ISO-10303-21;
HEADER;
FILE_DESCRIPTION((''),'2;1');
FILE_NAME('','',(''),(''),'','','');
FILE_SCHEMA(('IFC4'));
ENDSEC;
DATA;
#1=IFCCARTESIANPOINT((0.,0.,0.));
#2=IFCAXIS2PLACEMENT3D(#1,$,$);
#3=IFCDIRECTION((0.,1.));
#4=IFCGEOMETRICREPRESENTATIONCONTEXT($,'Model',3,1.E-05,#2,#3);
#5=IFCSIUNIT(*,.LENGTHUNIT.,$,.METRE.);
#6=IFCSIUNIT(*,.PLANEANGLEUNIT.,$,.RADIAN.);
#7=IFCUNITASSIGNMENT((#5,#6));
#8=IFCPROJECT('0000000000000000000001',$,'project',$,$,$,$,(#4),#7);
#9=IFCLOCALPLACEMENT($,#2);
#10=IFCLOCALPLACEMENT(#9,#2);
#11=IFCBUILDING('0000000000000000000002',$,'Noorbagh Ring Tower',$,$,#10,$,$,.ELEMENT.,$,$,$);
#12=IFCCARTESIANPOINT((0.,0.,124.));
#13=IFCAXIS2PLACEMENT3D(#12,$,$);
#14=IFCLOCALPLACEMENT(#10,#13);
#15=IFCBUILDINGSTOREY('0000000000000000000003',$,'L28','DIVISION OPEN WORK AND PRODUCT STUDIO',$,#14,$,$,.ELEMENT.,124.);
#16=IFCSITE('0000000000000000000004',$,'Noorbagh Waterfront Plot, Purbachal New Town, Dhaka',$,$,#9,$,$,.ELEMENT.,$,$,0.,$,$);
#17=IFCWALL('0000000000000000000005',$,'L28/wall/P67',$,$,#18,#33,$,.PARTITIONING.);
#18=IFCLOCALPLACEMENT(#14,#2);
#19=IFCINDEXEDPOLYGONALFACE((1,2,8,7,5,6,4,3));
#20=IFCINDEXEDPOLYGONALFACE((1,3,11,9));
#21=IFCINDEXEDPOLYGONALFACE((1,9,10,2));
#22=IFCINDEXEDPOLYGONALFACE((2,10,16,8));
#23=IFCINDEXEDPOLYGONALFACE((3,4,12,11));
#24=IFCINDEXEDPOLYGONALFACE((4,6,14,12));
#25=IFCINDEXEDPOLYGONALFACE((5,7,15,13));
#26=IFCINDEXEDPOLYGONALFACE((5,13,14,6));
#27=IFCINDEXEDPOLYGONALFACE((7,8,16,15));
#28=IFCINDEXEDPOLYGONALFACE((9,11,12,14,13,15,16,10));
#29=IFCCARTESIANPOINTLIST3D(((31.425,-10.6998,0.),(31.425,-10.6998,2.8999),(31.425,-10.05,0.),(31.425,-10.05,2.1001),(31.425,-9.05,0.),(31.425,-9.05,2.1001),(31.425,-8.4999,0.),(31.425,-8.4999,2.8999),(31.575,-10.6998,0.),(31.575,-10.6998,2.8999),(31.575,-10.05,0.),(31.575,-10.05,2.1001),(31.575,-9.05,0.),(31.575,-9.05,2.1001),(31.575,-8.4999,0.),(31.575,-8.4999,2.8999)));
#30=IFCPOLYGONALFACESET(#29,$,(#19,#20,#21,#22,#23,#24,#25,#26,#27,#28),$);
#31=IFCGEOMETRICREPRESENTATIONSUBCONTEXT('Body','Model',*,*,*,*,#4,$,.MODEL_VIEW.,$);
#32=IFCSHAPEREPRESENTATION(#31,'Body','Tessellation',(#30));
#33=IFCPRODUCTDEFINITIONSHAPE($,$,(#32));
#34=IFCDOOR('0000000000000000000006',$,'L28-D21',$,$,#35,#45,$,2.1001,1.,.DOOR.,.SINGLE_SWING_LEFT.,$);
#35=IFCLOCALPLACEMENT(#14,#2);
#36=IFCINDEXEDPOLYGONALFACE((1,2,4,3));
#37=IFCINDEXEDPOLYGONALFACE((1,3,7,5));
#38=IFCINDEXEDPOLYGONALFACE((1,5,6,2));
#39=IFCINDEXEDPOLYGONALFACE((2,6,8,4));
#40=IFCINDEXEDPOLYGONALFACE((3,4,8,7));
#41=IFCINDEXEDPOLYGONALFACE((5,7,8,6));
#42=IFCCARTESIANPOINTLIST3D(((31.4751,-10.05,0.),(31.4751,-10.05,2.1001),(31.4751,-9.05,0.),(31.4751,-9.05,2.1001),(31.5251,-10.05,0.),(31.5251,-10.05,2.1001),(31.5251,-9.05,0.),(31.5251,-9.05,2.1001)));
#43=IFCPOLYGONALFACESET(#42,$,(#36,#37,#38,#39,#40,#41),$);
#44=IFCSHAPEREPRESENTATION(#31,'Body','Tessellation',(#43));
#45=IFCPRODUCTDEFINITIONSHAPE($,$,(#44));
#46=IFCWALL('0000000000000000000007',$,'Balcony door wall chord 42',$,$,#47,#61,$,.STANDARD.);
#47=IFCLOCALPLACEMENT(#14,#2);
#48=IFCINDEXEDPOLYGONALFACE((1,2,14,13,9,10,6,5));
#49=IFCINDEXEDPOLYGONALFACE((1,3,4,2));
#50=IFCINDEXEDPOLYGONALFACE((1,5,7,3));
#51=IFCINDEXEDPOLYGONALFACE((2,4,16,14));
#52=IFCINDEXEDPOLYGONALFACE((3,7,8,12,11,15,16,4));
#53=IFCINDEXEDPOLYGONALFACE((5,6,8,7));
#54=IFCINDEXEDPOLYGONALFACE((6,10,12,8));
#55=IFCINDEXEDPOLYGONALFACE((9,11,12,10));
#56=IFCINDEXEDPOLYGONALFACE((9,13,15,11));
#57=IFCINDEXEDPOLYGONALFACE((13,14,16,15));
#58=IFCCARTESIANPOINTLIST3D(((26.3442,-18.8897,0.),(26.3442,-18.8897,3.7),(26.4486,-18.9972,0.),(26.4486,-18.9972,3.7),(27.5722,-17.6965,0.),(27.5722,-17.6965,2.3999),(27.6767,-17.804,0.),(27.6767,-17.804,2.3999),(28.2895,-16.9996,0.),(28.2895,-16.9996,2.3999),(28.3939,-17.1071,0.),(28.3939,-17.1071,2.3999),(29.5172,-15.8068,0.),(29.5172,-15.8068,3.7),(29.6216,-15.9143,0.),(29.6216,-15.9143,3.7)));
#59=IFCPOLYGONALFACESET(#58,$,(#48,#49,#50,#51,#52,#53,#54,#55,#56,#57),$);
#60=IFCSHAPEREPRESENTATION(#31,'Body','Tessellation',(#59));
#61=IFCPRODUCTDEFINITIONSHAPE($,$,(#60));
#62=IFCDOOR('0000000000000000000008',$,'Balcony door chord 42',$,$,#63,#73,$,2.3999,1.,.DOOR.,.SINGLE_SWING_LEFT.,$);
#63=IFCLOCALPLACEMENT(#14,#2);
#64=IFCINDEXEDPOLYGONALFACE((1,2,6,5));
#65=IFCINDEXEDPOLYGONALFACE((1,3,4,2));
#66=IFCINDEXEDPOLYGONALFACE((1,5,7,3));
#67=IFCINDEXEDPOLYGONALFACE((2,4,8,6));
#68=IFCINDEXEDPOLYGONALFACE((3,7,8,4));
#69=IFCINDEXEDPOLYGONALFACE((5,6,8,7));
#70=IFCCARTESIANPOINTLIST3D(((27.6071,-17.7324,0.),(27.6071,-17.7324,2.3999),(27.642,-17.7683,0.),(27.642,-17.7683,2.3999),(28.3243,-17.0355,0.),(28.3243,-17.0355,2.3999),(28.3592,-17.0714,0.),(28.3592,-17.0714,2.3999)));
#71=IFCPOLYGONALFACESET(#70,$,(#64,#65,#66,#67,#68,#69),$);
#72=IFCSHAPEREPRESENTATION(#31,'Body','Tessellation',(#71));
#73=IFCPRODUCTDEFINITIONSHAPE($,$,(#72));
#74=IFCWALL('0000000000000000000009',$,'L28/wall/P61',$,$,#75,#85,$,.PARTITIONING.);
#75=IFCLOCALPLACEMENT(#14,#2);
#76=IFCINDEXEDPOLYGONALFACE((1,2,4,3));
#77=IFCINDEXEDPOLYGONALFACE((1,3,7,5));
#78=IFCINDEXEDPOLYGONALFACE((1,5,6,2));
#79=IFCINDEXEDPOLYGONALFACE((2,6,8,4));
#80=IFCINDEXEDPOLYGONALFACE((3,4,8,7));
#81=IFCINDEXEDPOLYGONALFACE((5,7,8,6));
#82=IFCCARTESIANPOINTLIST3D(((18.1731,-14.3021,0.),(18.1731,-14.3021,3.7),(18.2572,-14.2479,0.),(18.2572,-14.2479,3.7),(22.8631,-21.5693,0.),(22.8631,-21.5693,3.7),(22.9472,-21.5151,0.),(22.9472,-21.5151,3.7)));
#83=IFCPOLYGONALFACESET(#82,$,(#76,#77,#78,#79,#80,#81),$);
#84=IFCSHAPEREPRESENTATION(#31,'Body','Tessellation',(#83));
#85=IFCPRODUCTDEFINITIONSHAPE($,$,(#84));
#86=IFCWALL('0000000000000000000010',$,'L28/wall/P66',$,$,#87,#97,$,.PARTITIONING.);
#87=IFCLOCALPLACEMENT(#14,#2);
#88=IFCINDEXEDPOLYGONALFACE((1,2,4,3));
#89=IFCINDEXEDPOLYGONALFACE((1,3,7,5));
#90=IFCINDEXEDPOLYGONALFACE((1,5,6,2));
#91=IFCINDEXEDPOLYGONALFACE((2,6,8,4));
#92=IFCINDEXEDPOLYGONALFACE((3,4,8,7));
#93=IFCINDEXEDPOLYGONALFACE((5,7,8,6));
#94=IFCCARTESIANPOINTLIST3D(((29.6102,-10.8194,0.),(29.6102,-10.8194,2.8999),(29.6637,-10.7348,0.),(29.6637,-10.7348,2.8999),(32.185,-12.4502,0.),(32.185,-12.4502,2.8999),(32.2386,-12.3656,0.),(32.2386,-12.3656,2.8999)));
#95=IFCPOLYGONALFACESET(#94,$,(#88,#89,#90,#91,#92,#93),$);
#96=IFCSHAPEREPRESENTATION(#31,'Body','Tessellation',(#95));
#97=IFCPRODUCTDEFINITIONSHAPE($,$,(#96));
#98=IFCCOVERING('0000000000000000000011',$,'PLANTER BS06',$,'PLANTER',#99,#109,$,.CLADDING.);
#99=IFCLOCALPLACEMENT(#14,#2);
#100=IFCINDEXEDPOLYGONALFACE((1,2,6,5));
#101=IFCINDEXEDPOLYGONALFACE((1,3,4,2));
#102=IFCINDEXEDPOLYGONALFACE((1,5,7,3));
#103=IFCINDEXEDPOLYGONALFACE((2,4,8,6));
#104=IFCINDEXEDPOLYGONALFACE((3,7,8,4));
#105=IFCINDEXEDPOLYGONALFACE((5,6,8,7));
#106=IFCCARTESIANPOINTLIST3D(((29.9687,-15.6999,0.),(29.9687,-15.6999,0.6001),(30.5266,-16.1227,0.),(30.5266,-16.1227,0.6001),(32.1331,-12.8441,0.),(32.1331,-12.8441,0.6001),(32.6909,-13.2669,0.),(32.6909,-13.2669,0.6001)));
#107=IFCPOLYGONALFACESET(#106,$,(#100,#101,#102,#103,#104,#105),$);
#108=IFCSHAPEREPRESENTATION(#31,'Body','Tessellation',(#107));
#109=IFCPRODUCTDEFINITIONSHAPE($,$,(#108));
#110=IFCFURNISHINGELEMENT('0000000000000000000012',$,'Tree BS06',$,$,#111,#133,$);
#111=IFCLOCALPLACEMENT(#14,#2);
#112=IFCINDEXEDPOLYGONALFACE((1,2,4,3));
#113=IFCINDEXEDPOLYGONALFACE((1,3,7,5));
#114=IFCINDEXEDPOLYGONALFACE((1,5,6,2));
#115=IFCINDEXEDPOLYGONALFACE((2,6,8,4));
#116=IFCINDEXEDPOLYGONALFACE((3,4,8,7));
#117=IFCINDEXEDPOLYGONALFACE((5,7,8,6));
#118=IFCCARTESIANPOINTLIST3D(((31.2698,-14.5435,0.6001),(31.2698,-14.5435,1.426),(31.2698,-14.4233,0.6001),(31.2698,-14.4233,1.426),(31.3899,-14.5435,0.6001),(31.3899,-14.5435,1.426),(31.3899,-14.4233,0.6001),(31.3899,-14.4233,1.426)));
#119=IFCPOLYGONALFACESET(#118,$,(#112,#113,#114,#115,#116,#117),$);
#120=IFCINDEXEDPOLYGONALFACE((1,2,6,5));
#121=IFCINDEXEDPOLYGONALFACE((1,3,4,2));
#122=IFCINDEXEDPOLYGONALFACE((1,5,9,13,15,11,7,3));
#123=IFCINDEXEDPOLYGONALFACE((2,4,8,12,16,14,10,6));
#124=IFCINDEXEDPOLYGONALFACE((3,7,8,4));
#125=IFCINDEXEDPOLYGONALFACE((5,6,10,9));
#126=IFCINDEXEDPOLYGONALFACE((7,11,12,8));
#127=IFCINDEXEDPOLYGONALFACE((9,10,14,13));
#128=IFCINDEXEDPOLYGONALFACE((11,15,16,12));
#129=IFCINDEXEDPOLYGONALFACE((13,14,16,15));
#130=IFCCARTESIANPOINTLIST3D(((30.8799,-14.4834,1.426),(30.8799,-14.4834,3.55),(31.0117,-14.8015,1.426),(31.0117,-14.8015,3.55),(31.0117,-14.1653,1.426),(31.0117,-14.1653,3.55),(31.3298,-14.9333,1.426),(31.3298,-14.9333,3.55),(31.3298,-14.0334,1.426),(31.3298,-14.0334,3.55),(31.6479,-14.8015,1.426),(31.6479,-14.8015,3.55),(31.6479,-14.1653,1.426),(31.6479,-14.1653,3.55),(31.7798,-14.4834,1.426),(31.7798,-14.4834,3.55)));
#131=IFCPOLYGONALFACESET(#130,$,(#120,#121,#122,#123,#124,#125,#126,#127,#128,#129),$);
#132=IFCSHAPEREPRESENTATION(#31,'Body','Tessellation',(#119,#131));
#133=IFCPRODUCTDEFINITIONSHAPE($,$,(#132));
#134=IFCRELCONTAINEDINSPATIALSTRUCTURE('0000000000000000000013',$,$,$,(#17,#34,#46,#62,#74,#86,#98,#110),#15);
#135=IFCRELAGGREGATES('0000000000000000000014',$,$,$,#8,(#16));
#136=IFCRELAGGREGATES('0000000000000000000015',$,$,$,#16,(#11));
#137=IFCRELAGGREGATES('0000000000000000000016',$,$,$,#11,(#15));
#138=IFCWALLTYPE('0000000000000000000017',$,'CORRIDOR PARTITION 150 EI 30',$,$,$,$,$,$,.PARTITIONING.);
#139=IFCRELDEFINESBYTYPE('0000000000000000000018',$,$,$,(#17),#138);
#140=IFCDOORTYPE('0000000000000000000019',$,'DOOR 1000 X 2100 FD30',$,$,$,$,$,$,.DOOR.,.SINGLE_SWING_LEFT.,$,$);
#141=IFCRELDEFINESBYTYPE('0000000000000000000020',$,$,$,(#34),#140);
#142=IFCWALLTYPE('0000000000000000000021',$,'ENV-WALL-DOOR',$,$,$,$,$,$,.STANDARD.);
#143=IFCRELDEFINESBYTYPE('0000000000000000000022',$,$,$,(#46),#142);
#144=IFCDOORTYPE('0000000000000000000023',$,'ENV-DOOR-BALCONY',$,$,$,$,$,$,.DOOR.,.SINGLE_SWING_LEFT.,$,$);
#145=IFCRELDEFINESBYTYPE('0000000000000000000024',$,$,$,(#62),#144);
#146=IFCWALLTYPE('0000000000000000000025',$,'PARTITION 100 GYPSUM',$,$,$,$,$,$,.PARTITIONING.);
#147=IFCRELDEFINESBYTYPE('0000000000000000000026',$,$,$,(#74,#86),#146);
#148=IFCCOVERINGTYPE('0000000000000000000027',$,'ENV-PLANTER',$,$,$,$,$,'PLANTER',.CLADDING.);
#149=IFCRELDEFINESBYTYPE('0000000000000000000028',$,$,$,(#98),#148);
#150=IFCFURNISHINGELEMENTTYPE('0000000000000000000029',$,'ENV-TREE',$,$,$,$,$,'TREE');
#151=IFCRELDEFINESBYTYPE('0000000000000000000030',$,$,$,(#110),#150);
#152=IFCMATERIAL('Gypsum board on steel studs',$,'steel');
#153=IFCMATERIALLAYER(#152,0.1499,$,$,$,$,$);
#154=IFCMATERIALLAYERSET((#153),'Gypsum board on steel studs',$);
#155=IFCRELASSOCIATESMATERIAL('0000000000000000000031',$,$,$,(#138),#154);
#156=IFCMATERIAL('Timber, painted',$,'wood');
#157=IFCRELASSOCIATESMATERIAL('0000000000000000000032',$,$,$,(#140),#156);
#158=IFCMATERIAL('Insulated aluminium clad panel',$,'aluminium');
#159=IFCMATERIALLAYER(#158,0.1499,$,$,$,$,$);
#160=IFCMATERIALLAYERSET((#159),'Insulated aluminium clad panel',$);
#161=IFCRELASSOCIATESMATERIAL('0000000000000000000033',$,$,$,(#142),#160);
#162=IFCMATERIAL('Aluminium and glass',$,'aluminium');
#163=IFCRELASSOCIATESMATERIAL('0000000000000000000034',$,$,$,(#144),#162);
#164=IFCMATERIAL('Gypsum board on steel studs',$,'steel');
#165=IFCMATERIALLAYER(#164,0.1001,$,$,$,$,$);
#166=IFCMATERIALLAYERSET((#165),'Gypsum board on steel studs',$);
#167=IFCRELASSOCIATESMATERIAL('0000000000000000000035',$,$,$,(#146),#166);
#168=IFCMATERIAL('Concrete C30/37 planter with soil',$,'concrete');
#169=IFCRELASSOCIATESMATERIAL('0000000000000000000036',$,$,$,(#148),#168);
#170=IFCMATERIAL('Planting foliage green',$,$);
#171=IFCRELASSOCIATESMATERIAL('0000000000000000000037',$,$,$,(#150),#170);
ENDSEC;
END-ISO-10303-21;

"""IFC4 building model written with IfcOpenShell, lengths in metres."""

from ifc_helpers import new_model, si_unit, direction, frame, frame_2d, origin, origin_2d, place, context, subcontext, project, spatial, polyline, rectangle, outline, extrude, material, layer, layer_set, type_object, element, fill, save


model = new_model("IFC4")

# Units and contexts
model_context = context("Model", 3, precision=1e-05, world=origin(), true_north=direction((0.0, 1.0)))
body_context = subcontext(model_context, "Body", "Model", "MODEL_VIEW")
ifc_project = project(units=[si_unit("LENGTHUNIT", "METRE"), si_unit("PLANEANGLEUNIT", "RADIAN")], contexts=[model_context])

# Site, building, storey
site_placement = place(None, origin())
site = spatial("IfcSite", under=ifc_project, at=site_placement, Name="Noorbagh Waterfront Plot, Purbachal New Town, Dhaka", CompositionType="ELEMENT", RefElevation=0.0)
building_placement = place(site_placement, origin())
building = spatial("IfcBuilding", under=site, at=building_placement, Name="Noorbagh Ring Tower", CompositionType="ELEMENT")
storey_placement = place(building_placement, frame((0.0, 0.0, 124.0)))
storey = spatial("IfcBuildingStorey", under=building, at=storey_placement, Name="L28", Description="DIVISION OPEN WORK AND PRODUCT STUDIO", CompositionType="ELEMENT", Elevation=124.0)

# Shared definitions
ifc_material_1 = material(Name="Gypsum board on steel studs", Category="steel")
ifc_layer_1 = layer(ifc_material_1, 0.1499)
ifc_layer_set_1 = layer_set([ifc_layer_1], Name="Gypsum board on steel studs")
wall_type_1 = type_object("IfcWallType", Name="CORRIDOR PARTITION 150 EI 30", PredefinedType="PARTITIONING", material=ifc_layer_set_1)

# Walls, openings, doors
wall_1_placement = place(storey_placement, frame((31.5, -10.7, 0.0), z_axis=(0.0, 0.0, 1.0), x_axis=(0.0, 1.0, 0.0)))
wall_1 = element("IfcWall", 1, at=wall_1_placement, inside=storey, type_object=wall_type_1, Name="L28/wall/P67", PredefinedType="PARTITIONING", context=body_context, shape_type="SweptSolid", body=[
    extrude(rectangle(XDim=2.2, YDim=0.1499, at=frame_2d((1.1001, 0.0))), origin(), (0.0, 0.0, 1.0), 2.8999),
])
opening_1_placement = place(wall_1_placement, frame((0.6499, 0.0, 0.0)))
opening_1 = element("IfcOpeningElement", 2, at=opening_1_placement, cuts=wall_1, PredefinedType="OPENING", context=body_context, shape_type="SweptSolid", body=[
    extrude(rectangle(XDim=1.0, YDim=2.1001, at=frame_2d((0.5, 1.05))), frame((0.0, 0.085, 0.0), z_axis=(0.0, -1.0, 0.0), x_axis=(1.0, 0.0, 0.0)), (0.0, 0.0, 1.0), 0.1699),
])
ifc_material_2 = material(Name="Timber, painted", Category="wood")
door_type_1 = type_object("IfcDoorType", Name="DOOR 1000 X 2100 FD30", OperationType="SINGLE_SWING_LEFT", PredefinedType="DOOR", material=ifc_material_2)
door_1_placement = place(opening_1_placement, origin())
door_1 = element("IfcDoor", 3, at=door_1_placement, inside=storey, type_object=door_type_1, Name="L28-D21", OperationType="SINGLE_SWING_LEFT", OverallHeight=2.1001, OverallWidth=1.0, PredefinedType="DOOR", context=body_context, shape_type="SweptSolid", body=[
    extrude(rectangle(XDim=1.0, YDim=2.1001, at=frame_2d((0.5, 1.05))), frame((0.0, 0.0249, 0.0), z_axis=(0.0, -1.0, 0.0), x_axis=(1.0, 0.0, 0.0)), (0.0, 0.0, 1.0), 0.05),
])
fill(opening_1, door_1)
ifc_material_3 = material(Name="Insulated aluminium clad panel", Category="aluminium")
ifc_layer_2 = layer(ifc_material_3, 0.1499)
ifc_layer_set_2 = layer_set([ifc_layer_2], Name="Insulated aluminium clad panel")
wall_type_2 = type_object("IfcWallType", Name="ENV-WALL-DOOR", PredefinedType="STANDARD", material=ifc_layer_set_2)
wall_2_placement = place(storey_placement, frame((26.3965, -18.9434, 0.0), z_axis=(0.0, 0.0, 1.0), x_axis=(0.717215, 0.696852, 0.0)))
wall_2 = element("IfcWall", 4, at=wall_2_placement, inside=storey, type_object=wall_type_2, Name="Balcony door wall chord 42", PredefinedType="STANDARD", context=body_context, shape_type="SweptSolid", body=[
    extrude(rectangle(XDim=4.4241, YDim=0.1499, at=frame_2d((2.2119, 0.0))), origin(), (0.0, 0.0, 1.0), 3.7),
])
opening_2_placement = place(wall_2_placement, frame((1.7122, 0.0, 0.0)))
opening_2 = element("IfcOpeningElement", 5, at=opening_2_placement, cuts=wall_2, PredefinedType="OPENING", context=body_context, shape_type="SweptSolid", body=[
    extrude(rectangle(XDim=1.0, YDim=2.3999, at=frame_2d((0.5, 1.2))), frame((0.0, 0.085, 0.0), z_axis=(0.0, -1.0, 0.0), x_axis=(1.0, 0.0, 0.0)), (0.0, 0.0, 1.0), 0.1699),
])
ifc_material_4 = material(Name="Aluminium and glass", Category="aluminium")
door_type_2 = type_object("IfcDoorType", Name="ENV-DOOR-BALCONY", OperationType="SINGLE_SWING_LEFT", PredefinedType="DOOR", material=ifc_material_4)
door_2_placement = place(opening_2_placement, origin())
door_2 = element("IfcDoor", 6, at=door_2_placement, inside=storey, type_object=door_type_2, Name="Balcony door chord 42", OperationType="SINGLE_SWING_LEFT", OverallHeight=2.3999, OverallWidth=1.0, PredefinedType="DOOR", context=body_context, shape_type="SweptSolid", body=[
    extrude(rectangle(XDim=1.0, YDim=2.3999, at=frame_2d((0.5, 1.2))), frame((0.0, 0.0249, 0.0), z_axis=(0.0, -1.0, 0.0), x_axis=(1.0, 0.0, 0.0)), (0.0, 0.0, 1.0), 0.05),
])
fill(opening_2, door_2)

# Walls
ifc_material_5 = material(Name="Gypsum board on steel studs", Category="steel")
ifc_layer_3 = layer(ifc_material_5, 0.1001)
ifc_layer_set_3 = layer_set([ifc_layer_3], Name="Gypsum board on steel studs")
wall_type_3 = type_object("IfcWallType", Name="PARTITION 100 GYPSUM", PredefinedType="PARTITIONING", material=ifc_layer_set_3)
wall_3_placement = place(storey_placement, frame((18.2151, -14.2749, 0.0), z_axis=(0.0, 0.0, 1.0), x_axis=(0.542249, -0.840218, 0.0)))
element("IfcWall", 7, at=wall_3_placement, inside=storey, type_object=wall_type_3, Name="L28/wall/P61", PredefinedType="PARTITIONING", context=body_context, shape_type="SweptSolid", body=[
    extrude(rectangle(XDim=8.6492, YDim=0.1001, at=frame_2d((4.3247, 0.0))), origin(), (0.0, 0.0, 1.0), 3.7),
])
wall_4_placement = place(storey_placement, frame((29.637, -10.7771, 0.0), z_axis=(0.0, 0.0, 1.0), x_axis=(0.844811, -0.535065, 0.0)))
element("IfcWall", 8, at=wall_4_placement, inside=storey, type_object=wall_type_3, Name="L28/wall/P66", PredefinedType="PARTITIONING", context=body_context, shape_type="SweptSolid", body=[
    extrude(rectangle(XDim=3.0479, YDim=0.1001, at=frame_2d((1.5239, 0.0))), origin(), (0.0, 0.0, 1.0), 2.8999),
])

# Covering
ifc_material_6 = material(Name="Concrete C30/37 planter with soil", Category="concrete")
covering_type = type_object("IfcCoveringType", Name="ENV-PLANTER", ElementType="PLANTER", PredefinedType="CLADDING", material=ifc_material_6)
covering_placement = place(storey_placement, frame((31.3298, -14.4834, 0.0), z_axis=(0.0, 0.0, 1.0), x_axis=(0.60402, 0.796969, 0.0)))
element("IfcCovering", 9, at=covering_placement, inside=storey, type_object=covering_type, Name="PLANTER BS06", ObjectType="PLANTER", PredefinedType="CLADDING", context=body_context, shape_type="SweptSolid", body=[
    extrude(rectangle(XDim=3.5833, YDim=0.7, at=origin_2d()), origin(), (0.0, 0.0, 1.0), 0.6001),
])

# Furnishing element
ifc_material_7 = material(Name="Planting foliage green")
furnishing_element_type = type_object("IfcFurnishingElementType", Name="ENV-TREE", ElementType="TREE", material=ifc_material_7)
furnishing_placement = place(storey_placement, frame((31.3298, -14.4834, 0.6001), z_axis=(0.0, 0.0, 1.0), x_axis=(1.0, 0.0, 0.0)))
element("IfcFurnishingElement", 10, at=furnishing_placement, inside=storey, type_object=furnishing_element_type, Name="Tree BS06", context=body_context, shape_type="SweptSolid", body=[
    extrude(rectangle(XDim=0.1201, YDim=0.1201, at=origin_2d()), origin(), (0.0, 0.0, 1.0), 0.8259),
    extrude(outline(polyline([(0.45, 0.0), (0.3181, 0.3181), (0.0, 0.45), (-0.3181, 0.3181), (-0.45, 0.0), (-0.3181, -0.3181), (0.0, -0.45), (0.3181, -0.3181), (0.45, 0.0)])), frame((0.0, 0.0, 0.8259)), (0.0, 0.0, 1.0), 2.124),
])

save(model, "model.ifc")
